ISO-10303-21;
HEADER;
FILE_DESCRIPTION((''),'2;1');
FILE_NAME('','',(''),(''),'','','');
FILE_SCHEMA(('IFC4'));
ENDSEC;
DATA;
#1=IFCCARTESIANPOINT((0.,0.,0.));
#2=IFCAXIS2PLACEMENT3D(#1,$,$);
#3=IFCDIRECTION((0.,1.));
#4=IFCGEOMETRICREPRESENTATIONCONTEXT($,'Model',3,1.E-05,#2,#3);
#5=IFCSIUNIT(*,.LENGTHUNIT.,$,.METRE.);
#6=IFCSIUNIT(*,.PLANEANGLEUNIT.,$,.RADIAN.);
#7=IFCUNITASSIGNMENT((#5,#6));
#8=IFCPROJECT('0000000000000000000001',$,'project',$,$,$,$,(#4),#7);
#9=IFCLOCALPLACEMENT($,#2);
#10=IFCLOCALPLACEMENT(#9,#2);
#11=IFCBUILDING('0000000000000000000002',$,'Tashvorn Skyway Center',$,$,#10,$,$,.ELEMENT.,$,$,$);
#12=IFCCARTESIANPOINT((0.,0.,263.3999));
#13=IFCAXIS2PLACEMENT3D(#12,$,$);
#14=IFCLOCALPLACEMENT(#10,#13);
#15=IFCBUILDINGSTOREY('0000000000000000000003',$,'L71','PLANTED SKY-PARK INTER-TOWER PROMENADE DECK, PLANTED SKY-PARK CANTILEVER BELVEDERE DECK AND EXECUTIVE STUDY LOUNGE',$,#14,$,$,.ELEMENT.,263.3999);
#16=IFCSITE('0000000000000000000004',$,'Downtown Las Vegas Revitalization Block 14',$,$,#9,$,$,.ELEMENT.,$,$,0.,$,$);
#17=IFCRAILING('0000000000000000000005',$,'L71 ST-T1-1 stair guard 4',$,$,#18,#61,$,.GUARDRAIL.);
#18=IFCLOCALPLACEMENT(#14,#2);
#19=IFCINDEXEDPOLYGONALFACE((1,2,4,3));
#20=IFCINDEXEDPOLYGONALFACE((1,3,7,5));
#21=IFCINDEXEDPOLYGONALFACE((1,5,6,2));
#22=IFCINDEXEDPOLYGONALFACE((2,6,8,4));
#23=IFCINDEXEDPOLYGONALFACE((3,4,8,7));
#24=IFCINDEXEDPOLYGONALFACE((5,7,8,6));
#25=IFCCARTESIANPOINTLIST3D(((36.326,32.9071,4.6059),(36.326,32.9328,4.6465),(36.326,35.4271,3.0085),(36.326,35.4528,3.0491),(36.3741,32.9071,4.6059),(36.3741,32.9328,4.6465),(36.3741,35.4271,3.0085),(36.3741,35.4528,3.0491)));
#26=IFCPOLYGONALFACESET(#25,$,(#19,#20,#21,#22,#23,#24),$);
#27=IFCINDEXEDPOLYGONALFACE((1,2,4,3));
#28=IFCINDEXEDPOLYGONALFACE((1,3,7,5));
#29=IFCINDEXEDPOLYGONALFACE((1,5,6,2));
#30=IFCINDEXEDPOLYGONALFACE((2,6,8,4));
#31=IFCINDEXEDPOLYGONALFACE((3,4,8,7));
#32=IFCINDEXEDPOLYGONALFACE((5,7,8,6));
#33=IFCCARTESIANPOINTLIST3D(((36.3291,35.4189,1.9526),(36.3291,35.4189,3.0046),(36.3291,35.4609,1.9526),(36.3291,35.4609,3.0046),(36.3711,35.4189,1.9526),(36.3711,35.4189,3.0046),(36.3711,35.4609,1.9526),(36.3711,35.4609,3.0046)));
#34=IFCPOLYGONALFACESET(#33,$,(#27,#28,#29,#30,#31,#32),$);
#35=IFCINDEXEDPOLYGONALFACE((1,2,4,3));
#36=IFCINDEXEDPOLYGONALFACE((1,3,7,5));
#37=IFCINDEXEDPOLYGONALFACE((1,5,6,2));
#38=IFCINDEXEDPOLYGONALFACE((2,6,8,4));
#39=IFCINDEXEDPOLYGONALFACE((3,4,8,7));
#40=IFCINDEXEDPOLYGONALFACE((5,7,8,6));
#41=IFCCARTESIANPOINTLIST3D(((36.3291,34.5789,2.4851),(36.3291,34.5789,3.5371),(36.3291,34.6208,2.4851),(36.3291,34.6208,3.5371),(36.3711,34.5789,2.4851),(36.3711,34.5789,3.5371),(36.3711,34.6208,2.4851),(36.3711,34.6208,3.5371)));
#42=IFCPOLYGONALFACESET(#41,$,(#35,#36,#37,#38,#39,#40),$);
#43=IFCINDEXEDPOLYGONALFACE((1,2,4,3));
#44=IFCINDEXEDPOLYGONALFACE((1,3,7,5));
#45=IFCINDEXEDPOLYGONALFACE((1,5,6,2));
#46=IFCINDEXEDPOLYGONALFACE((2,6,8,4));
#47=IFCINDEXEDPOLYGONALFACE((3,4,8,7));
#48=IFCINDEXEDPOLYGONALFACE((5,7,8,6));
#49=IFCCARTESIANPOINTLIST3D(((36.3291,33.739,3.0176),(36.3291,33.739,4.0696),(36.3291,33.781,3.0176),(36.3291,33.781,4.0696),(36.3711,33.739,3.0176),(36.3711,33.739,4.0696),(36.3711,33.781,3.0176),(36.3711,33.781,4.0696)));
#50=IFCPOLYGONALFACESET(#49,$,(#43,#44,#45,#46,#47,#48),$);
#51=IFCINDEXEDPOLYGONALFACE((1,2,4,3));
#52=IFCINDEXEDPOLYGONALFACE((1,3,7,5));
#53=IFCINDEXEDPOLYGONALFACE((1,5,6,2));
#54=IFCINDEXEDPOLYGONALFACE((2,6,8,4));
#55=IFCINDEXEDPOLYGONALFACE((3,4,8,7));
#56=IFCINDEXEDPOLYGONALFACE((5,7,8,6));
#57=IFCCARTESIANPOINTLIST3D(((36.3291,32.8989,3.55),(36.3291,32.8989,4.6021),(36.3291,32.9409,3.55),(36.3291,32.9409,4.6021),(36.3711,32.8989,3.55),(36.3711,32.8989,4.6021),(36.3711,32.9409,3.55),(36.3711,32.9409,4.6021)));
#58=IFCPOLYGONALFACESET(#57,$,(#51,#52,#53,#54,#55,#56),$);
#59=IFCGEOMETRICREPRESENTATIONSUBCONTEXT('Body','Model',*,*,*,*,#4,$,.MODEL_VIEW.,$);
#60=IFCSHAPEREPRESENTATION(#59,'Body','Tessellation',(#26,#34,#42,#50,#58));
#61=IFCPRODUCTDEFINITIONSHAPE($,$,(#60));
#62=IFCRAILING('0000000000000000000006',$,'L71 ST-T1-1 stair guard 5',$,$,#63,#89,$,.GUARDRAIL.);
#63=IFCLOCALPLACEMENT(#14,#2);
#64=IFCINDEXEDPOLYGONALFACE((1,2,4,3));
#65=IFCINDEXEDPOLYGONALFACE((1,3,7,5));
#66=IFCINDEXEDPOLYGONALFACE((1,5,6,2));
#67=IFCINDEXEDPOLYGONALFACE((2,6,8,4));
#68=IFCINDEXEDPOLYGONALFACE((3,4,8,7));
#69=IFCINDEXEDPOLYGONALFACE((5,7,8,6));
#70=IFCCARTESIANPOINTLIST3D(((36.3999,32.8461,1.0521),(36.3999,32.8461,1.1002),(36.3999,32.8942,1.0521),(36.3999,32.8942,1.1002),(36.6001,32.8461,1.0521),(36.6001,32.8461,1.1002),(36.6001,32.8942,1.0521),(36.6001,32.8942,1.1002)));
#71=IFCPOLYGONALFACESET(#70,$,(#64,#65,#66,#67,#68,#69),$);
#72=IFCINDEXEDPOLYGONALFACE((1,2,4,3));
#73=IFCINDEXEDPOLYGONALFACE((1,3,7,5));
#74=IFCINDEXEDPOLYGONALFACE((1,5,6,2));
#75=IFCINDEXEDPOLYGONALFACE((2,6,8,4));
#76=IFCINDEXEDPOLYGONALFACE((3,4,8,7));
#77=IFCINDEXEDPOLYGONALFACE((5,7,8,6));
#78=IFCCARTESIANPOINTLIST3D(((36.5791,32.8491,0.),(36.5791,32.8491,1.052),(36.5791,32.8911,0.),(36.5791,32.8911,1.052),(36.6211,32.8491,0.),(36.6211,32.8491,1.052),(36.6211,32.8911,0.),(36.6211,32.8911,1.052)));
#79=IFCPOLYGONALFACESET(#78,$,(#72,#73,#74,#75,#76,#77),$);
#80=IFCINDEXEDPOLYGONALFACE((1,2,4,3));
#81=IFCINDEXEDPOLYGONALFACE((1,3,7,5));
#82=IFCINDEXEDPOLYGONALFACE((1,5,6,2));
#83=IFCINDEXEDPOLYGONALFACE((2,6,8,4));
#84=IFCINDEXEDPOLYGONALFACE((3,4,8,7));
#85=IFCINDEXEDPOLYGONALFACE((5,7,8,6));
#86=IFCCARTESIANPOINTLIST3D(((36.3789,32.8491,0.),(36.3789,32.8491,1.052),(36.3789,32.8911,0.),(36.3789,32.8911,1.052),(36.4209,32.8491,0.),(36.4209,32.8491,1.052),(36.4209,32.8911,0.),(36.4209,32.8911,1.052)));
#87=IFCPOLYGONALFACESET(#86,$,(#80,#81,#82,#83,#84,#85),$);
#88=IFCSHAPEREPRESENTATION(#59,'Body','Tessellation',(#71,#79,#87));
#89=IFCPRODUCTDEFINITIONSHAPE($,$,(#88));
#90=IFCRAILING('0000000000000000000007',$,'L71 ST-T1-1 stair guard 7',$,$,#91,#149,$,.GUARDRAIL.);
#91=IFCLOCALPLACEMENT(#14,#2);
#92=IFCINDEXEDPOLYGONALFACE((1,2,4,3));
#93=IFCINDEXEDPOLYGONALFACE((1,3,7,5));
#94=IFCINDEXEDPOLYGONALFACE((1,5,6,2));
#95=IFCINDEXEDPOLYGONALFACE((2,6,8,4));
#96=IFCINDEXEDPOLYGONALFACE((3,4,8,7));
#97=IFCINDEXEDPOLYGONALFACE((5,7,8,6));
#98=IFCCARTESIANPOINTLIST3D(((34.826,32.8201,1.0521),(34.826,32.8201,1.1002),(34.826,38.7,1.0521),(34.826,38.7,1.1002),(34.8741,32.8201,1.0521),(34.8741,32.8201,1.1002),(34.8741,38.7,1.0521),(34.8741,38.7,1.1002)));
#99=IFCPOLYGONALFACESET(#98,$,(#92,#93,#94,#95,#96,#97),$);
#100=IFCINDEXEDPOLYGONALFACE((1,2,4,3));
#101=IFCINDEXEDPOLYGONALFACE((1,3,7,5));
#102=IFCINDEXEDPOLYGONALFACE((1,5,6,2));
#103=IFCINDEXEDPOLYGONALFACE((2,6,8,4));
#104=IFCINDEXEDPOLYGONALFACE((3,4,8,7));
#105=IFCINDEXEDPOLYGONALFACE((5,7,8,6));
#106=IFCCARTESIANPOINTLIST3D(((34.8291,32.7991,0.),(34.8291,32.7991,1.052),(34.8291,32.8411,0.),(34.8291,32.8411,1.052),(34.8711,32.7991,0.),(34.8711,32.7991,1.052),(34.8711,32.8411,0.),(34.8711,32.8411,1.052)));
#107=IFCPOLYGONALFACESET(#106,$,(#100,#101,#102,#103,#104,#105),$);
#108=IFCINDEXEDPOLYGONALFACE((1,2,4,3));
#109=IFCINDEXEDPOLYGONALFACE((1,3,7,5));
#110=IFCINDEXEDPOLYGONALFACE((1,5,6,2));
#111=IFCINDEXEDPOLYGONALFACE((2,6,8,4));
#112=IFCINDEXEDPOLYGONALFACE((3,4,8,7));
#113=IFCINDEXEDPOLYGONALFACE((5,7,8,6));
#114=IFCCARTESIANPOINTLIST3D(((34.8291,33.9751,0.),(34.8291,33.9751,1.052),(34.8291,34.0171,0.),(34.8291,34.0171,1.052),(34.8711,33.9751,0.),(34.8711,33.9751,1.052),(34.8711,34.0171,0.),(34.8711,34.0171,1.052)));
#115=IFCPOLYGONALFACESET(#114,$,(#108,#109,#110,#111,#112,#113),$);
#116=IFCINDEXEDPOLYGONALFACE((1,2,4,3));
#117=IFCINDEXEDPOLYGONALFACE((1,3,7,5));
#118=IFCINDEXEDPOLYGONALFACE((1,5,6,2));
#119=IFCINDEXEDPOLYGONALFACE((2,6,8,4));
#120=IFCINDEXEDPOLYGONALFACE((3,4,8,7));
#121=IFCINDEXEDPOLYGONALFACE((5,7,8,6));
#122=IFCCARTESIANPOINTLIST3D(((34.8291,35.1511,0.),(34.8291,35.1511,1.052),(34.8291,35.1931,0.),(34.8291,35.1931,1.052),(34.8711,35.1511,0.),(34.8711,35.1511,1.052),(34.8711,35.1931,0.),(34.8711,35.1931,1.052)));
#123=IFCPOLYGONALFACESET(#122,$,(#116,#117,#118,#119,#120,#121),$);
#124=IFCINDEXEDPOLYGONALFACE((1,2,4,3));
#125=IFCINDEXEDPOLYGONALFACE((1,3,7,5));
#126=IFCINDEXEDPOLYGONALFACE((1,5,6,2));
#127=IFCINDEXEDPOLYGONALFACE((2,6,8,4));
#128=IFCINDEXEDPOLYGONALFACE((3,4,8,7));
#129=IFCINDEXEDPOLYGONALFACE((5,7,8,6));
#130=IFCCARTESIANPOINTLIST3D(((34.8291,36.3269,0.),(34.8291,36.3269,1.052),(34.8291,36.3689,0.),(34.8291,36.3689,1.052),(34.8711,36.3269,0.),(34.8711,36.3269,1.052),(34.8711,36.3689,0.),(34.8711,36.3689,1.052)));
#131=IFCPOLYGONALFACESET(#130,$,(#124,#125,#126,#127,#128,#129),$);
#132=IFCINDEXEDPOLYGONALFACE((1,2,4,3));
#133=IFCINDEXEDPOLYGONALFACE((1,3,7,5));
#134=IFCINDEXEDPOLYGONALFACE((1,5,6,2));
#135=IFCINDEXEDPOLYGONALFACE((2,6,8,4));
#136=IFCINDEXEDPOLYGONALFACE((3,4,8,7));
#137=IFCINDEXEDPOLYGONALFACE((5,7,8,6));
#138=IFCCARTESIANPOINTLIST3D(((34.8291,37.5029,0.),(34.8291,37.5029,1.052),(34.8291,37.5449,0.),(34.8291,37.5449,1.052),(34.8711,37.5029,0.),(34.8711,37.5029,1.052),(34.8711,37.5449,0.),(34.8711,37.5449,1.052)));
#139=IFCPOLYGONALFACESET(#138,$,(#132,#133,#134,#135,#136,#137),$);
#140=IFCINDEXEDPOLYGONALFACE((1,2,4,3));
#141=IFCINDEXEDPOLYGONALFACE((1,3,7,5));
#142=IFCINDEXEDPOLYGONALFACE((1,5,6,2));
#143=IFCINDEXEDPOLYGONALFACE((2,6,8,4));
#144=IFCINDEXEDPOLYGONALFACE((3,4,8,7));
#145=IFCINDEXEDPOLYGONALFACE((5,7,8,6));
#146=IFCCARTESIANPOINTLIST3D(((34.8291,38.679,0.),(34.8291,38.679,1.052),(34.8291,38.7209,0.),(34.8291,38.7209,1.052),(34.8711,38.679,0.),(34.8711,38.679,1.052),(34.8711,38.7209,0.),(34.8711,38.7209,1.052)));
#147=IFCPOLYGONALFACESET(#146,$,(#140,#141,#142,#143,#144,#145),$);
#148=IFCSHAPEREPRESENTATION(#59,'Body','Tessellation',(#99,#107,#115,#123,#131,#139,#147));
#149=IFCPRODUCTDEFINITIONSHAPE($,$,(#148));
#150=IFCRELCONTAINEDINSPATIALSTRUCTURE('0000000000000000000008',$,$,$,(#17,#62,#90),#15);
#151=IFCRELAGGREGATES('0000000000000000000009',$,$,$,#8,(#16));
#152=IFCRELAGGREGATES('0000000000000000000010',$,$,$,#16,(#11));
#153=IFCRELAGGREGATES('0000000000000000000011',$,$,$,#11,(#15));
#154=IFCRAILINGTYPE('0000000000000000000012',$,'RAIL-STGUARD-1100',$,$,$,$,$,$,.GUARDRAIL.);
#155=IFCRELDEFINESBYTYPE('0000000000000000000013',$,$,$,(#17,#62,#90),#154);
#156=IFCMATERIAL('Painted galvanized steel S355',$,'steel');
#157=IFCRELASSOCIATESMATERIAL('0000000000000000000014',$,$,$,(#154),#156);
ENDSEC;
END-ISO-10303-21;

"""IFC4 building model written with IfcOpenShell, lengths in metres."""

from ifc_helpers import new_model, si_unit, direction, frame, origin, origin_2d, place, context, subcontext, project, spatial, rectangle, extrude, material, type_object, element, save


model = new_model("IFC4")

# Units and contexts
model_context = context("Model", 3, precision=1e-05, world=origin(), true_north=direction((0.0, 1.0)))
body_context = subcontext(model_context, "Body", "Model", "MODEL_VIEW")
ifc_project = project(units=[si_unit("LENGTHUNIT", "METRE"), si_unit("PLANEANGLEUNIT", "RADIAN")], contexts=[model_context])

# Site, building, storey
site_placement = place(None, origin())
site = spatial("IfcSite", under=ifc_project, at=site_placement, Name="Downtown Las Vegas Revitalization Block 14", CompositionType="ELEMENT", RefElevation=0.0)
building_placement = place(site_placement, origin())
building = spatial("IfcBuilding", under=site, at=building_placement, Name="Tashvorn Skyway Center", CompositionType="ELEMENT")
storey_placement = place(building_placement, frame((0.0, 0.0, 263.3999)))
storey = spatial("IfcBuildingStorey", under=building, at=storey_placement, Name="L71", Description="PLANTED SKY-PARK INTER-TOWER PROMENADE DECK, PLANTED SKY-PARK CANTILEVER BELVEDERE DECK AND EXECUTIVE STUDY LOUNGE", CompositionType="ELEMENT", Elevation=263.3999)

# Railings
ifc_material_1 = material(Name="Painted galvanized steel S355", Category="steel")
railing_type_1 = type_object("IfcRailingType", Name="RAIL-STGUARD-1100", PredefinedType="GUARDRAIL", material=ifc_material_1)
railing_1_placement = place(storey_placement, frame((36.3501, 35.4399, 1.9526)))
element("IfcRailing", 1, at=railing_1_placement, inside=storey, type_object=railing_type_1, Name="L71 ST-T1-1 stair guard 4", PredefinedType="GUARDRAIL", context=body_context, shape_type="SweptSolid", body=[
    extrude(rectangle(XDim=0.0481, YDim=0.0481, at=origin_2d()), frame((0.0, 0.0, 1.0762), z_axis=(0.0, -0.844607, 0.535387), x_axis=(1.0, 0.0, 0.0)), (0.0, 0.0, 1.0), 2.9836),
    extrude(rectangle(XDim=0.042, YDim=0.042, at=origin_2d()), origin(), (0.0, 0.0, 1.0), 1.052),
    extrude(rectangle(XDim=0.042, YDim=0.042, at=origin_2d()), frame((0.0, -0.8401, 0.5325)), (0.0, 0.0, 1.0), 1.052),
    extrude(rectangle(XDim=0.042, YDim=0.042, at=origin_2d()), frame((0.0, -1.6799, 1.0649)), (0.0, 0.0, 1.0), 1.052),
    extrude(rectangle(XDim=0.042, YDim=0.042, at=origin_2d()), frame((0.0, -2.52, 1.5974)), (0.0, 0.0, 1.0), 1.052),
])
railing_2_placement = place(storey_placement, frame((36.6001, 32.8701, 0.0)))
element("IfcRailing", 2, at=railing_2_placement, inside=storey, type_object=railing_type_1, Name="L71 ST-T1-1 stair guard 5", PredefinedType="GUARDRAIL", context=body_context, shape_type="SweptSolid", body=[
    extrude(rectangle(XDim=0.0481, YDim=0.0481, at=origin_2d()), frame((0.0, 0.0, 1.0762), z_axis=(-1.0, 0.0, 0.0), x_axis=(0.0, -1.0, 0.0)), (0.0, 0.0, 1.0), 0.2002),
    extrude(rectangle(XDim=0.042, YDim=0.042, at=origin_2d()), origin(), (0.0, 0.0, 1.0), 1.052),
    extrude(rectangle(XDim=0.042, YDim=0.042, at=origin_2d()), frame((-0.2002, 0.0, 0.0)), (0.0, 0.0, 1.0), 1.052),
])
railing_3_placement = place(storey_placement, frame((34.8501, 32.8201, 0.0)))
element("IfcRailing", 3, at=railing_3_placement, inside=storey, type_object=railing_type_1, Name="L71 ST-T1-1 stair guard 7", PredefinedType="GUARDRAIL", context=body_context, shape_type="SweptSolid", body=[
    extrude(rectangle(XDim=0.0481, YDim=0.0481, at=origin_2d()), frame((0.0, 0.0, 1.0762), z_axis=(0.0, 1.0, 0.0), x_axis=(-1.0, 0.0, 0.0)), (0.0, 0.0, 1.0), 5.8799),
    extrude(rectangle(XDim=0.042, YDim=0.042, at=origin_2d()), origin(), (0.0, 0.0, 1.0), 1.052),
    extrude(rectangle(XDim=0.042, YDim=0.042, at=origin_2d()), frame((0.0, 1.176, 0.0)), (0.0, 0.0, 1.0), 1.052),
    extrude(rectangle(XDim=0.042, YDim=0.042, at=origin_2d()), frame((0.0, 2.3521, 0.0)), (0.0, 0.0, 1.0), 1.052),
    extrude(rectangle(XDim=0.042, YDim=0.042, at=origin_2d()), frame((0.0, 3.5278, 0.0)), (0.0, 0.0, 1.0), 1.052),
    extrude(rectangle(XDim=0.042, YDim=0.042, at=origin_2d()), frame((0.0, 4.7039, 0.0)), (0.0, 0.0, 1.0), 1.052),
    extrude(rectangle(XDim=0.042, YDim=0.042, at=origin_2d()), frame((0.0, 5.8799, 0.0)), (0.0, 0.0, 1.0), 1.052),
])

save(model, "model.ifc")
